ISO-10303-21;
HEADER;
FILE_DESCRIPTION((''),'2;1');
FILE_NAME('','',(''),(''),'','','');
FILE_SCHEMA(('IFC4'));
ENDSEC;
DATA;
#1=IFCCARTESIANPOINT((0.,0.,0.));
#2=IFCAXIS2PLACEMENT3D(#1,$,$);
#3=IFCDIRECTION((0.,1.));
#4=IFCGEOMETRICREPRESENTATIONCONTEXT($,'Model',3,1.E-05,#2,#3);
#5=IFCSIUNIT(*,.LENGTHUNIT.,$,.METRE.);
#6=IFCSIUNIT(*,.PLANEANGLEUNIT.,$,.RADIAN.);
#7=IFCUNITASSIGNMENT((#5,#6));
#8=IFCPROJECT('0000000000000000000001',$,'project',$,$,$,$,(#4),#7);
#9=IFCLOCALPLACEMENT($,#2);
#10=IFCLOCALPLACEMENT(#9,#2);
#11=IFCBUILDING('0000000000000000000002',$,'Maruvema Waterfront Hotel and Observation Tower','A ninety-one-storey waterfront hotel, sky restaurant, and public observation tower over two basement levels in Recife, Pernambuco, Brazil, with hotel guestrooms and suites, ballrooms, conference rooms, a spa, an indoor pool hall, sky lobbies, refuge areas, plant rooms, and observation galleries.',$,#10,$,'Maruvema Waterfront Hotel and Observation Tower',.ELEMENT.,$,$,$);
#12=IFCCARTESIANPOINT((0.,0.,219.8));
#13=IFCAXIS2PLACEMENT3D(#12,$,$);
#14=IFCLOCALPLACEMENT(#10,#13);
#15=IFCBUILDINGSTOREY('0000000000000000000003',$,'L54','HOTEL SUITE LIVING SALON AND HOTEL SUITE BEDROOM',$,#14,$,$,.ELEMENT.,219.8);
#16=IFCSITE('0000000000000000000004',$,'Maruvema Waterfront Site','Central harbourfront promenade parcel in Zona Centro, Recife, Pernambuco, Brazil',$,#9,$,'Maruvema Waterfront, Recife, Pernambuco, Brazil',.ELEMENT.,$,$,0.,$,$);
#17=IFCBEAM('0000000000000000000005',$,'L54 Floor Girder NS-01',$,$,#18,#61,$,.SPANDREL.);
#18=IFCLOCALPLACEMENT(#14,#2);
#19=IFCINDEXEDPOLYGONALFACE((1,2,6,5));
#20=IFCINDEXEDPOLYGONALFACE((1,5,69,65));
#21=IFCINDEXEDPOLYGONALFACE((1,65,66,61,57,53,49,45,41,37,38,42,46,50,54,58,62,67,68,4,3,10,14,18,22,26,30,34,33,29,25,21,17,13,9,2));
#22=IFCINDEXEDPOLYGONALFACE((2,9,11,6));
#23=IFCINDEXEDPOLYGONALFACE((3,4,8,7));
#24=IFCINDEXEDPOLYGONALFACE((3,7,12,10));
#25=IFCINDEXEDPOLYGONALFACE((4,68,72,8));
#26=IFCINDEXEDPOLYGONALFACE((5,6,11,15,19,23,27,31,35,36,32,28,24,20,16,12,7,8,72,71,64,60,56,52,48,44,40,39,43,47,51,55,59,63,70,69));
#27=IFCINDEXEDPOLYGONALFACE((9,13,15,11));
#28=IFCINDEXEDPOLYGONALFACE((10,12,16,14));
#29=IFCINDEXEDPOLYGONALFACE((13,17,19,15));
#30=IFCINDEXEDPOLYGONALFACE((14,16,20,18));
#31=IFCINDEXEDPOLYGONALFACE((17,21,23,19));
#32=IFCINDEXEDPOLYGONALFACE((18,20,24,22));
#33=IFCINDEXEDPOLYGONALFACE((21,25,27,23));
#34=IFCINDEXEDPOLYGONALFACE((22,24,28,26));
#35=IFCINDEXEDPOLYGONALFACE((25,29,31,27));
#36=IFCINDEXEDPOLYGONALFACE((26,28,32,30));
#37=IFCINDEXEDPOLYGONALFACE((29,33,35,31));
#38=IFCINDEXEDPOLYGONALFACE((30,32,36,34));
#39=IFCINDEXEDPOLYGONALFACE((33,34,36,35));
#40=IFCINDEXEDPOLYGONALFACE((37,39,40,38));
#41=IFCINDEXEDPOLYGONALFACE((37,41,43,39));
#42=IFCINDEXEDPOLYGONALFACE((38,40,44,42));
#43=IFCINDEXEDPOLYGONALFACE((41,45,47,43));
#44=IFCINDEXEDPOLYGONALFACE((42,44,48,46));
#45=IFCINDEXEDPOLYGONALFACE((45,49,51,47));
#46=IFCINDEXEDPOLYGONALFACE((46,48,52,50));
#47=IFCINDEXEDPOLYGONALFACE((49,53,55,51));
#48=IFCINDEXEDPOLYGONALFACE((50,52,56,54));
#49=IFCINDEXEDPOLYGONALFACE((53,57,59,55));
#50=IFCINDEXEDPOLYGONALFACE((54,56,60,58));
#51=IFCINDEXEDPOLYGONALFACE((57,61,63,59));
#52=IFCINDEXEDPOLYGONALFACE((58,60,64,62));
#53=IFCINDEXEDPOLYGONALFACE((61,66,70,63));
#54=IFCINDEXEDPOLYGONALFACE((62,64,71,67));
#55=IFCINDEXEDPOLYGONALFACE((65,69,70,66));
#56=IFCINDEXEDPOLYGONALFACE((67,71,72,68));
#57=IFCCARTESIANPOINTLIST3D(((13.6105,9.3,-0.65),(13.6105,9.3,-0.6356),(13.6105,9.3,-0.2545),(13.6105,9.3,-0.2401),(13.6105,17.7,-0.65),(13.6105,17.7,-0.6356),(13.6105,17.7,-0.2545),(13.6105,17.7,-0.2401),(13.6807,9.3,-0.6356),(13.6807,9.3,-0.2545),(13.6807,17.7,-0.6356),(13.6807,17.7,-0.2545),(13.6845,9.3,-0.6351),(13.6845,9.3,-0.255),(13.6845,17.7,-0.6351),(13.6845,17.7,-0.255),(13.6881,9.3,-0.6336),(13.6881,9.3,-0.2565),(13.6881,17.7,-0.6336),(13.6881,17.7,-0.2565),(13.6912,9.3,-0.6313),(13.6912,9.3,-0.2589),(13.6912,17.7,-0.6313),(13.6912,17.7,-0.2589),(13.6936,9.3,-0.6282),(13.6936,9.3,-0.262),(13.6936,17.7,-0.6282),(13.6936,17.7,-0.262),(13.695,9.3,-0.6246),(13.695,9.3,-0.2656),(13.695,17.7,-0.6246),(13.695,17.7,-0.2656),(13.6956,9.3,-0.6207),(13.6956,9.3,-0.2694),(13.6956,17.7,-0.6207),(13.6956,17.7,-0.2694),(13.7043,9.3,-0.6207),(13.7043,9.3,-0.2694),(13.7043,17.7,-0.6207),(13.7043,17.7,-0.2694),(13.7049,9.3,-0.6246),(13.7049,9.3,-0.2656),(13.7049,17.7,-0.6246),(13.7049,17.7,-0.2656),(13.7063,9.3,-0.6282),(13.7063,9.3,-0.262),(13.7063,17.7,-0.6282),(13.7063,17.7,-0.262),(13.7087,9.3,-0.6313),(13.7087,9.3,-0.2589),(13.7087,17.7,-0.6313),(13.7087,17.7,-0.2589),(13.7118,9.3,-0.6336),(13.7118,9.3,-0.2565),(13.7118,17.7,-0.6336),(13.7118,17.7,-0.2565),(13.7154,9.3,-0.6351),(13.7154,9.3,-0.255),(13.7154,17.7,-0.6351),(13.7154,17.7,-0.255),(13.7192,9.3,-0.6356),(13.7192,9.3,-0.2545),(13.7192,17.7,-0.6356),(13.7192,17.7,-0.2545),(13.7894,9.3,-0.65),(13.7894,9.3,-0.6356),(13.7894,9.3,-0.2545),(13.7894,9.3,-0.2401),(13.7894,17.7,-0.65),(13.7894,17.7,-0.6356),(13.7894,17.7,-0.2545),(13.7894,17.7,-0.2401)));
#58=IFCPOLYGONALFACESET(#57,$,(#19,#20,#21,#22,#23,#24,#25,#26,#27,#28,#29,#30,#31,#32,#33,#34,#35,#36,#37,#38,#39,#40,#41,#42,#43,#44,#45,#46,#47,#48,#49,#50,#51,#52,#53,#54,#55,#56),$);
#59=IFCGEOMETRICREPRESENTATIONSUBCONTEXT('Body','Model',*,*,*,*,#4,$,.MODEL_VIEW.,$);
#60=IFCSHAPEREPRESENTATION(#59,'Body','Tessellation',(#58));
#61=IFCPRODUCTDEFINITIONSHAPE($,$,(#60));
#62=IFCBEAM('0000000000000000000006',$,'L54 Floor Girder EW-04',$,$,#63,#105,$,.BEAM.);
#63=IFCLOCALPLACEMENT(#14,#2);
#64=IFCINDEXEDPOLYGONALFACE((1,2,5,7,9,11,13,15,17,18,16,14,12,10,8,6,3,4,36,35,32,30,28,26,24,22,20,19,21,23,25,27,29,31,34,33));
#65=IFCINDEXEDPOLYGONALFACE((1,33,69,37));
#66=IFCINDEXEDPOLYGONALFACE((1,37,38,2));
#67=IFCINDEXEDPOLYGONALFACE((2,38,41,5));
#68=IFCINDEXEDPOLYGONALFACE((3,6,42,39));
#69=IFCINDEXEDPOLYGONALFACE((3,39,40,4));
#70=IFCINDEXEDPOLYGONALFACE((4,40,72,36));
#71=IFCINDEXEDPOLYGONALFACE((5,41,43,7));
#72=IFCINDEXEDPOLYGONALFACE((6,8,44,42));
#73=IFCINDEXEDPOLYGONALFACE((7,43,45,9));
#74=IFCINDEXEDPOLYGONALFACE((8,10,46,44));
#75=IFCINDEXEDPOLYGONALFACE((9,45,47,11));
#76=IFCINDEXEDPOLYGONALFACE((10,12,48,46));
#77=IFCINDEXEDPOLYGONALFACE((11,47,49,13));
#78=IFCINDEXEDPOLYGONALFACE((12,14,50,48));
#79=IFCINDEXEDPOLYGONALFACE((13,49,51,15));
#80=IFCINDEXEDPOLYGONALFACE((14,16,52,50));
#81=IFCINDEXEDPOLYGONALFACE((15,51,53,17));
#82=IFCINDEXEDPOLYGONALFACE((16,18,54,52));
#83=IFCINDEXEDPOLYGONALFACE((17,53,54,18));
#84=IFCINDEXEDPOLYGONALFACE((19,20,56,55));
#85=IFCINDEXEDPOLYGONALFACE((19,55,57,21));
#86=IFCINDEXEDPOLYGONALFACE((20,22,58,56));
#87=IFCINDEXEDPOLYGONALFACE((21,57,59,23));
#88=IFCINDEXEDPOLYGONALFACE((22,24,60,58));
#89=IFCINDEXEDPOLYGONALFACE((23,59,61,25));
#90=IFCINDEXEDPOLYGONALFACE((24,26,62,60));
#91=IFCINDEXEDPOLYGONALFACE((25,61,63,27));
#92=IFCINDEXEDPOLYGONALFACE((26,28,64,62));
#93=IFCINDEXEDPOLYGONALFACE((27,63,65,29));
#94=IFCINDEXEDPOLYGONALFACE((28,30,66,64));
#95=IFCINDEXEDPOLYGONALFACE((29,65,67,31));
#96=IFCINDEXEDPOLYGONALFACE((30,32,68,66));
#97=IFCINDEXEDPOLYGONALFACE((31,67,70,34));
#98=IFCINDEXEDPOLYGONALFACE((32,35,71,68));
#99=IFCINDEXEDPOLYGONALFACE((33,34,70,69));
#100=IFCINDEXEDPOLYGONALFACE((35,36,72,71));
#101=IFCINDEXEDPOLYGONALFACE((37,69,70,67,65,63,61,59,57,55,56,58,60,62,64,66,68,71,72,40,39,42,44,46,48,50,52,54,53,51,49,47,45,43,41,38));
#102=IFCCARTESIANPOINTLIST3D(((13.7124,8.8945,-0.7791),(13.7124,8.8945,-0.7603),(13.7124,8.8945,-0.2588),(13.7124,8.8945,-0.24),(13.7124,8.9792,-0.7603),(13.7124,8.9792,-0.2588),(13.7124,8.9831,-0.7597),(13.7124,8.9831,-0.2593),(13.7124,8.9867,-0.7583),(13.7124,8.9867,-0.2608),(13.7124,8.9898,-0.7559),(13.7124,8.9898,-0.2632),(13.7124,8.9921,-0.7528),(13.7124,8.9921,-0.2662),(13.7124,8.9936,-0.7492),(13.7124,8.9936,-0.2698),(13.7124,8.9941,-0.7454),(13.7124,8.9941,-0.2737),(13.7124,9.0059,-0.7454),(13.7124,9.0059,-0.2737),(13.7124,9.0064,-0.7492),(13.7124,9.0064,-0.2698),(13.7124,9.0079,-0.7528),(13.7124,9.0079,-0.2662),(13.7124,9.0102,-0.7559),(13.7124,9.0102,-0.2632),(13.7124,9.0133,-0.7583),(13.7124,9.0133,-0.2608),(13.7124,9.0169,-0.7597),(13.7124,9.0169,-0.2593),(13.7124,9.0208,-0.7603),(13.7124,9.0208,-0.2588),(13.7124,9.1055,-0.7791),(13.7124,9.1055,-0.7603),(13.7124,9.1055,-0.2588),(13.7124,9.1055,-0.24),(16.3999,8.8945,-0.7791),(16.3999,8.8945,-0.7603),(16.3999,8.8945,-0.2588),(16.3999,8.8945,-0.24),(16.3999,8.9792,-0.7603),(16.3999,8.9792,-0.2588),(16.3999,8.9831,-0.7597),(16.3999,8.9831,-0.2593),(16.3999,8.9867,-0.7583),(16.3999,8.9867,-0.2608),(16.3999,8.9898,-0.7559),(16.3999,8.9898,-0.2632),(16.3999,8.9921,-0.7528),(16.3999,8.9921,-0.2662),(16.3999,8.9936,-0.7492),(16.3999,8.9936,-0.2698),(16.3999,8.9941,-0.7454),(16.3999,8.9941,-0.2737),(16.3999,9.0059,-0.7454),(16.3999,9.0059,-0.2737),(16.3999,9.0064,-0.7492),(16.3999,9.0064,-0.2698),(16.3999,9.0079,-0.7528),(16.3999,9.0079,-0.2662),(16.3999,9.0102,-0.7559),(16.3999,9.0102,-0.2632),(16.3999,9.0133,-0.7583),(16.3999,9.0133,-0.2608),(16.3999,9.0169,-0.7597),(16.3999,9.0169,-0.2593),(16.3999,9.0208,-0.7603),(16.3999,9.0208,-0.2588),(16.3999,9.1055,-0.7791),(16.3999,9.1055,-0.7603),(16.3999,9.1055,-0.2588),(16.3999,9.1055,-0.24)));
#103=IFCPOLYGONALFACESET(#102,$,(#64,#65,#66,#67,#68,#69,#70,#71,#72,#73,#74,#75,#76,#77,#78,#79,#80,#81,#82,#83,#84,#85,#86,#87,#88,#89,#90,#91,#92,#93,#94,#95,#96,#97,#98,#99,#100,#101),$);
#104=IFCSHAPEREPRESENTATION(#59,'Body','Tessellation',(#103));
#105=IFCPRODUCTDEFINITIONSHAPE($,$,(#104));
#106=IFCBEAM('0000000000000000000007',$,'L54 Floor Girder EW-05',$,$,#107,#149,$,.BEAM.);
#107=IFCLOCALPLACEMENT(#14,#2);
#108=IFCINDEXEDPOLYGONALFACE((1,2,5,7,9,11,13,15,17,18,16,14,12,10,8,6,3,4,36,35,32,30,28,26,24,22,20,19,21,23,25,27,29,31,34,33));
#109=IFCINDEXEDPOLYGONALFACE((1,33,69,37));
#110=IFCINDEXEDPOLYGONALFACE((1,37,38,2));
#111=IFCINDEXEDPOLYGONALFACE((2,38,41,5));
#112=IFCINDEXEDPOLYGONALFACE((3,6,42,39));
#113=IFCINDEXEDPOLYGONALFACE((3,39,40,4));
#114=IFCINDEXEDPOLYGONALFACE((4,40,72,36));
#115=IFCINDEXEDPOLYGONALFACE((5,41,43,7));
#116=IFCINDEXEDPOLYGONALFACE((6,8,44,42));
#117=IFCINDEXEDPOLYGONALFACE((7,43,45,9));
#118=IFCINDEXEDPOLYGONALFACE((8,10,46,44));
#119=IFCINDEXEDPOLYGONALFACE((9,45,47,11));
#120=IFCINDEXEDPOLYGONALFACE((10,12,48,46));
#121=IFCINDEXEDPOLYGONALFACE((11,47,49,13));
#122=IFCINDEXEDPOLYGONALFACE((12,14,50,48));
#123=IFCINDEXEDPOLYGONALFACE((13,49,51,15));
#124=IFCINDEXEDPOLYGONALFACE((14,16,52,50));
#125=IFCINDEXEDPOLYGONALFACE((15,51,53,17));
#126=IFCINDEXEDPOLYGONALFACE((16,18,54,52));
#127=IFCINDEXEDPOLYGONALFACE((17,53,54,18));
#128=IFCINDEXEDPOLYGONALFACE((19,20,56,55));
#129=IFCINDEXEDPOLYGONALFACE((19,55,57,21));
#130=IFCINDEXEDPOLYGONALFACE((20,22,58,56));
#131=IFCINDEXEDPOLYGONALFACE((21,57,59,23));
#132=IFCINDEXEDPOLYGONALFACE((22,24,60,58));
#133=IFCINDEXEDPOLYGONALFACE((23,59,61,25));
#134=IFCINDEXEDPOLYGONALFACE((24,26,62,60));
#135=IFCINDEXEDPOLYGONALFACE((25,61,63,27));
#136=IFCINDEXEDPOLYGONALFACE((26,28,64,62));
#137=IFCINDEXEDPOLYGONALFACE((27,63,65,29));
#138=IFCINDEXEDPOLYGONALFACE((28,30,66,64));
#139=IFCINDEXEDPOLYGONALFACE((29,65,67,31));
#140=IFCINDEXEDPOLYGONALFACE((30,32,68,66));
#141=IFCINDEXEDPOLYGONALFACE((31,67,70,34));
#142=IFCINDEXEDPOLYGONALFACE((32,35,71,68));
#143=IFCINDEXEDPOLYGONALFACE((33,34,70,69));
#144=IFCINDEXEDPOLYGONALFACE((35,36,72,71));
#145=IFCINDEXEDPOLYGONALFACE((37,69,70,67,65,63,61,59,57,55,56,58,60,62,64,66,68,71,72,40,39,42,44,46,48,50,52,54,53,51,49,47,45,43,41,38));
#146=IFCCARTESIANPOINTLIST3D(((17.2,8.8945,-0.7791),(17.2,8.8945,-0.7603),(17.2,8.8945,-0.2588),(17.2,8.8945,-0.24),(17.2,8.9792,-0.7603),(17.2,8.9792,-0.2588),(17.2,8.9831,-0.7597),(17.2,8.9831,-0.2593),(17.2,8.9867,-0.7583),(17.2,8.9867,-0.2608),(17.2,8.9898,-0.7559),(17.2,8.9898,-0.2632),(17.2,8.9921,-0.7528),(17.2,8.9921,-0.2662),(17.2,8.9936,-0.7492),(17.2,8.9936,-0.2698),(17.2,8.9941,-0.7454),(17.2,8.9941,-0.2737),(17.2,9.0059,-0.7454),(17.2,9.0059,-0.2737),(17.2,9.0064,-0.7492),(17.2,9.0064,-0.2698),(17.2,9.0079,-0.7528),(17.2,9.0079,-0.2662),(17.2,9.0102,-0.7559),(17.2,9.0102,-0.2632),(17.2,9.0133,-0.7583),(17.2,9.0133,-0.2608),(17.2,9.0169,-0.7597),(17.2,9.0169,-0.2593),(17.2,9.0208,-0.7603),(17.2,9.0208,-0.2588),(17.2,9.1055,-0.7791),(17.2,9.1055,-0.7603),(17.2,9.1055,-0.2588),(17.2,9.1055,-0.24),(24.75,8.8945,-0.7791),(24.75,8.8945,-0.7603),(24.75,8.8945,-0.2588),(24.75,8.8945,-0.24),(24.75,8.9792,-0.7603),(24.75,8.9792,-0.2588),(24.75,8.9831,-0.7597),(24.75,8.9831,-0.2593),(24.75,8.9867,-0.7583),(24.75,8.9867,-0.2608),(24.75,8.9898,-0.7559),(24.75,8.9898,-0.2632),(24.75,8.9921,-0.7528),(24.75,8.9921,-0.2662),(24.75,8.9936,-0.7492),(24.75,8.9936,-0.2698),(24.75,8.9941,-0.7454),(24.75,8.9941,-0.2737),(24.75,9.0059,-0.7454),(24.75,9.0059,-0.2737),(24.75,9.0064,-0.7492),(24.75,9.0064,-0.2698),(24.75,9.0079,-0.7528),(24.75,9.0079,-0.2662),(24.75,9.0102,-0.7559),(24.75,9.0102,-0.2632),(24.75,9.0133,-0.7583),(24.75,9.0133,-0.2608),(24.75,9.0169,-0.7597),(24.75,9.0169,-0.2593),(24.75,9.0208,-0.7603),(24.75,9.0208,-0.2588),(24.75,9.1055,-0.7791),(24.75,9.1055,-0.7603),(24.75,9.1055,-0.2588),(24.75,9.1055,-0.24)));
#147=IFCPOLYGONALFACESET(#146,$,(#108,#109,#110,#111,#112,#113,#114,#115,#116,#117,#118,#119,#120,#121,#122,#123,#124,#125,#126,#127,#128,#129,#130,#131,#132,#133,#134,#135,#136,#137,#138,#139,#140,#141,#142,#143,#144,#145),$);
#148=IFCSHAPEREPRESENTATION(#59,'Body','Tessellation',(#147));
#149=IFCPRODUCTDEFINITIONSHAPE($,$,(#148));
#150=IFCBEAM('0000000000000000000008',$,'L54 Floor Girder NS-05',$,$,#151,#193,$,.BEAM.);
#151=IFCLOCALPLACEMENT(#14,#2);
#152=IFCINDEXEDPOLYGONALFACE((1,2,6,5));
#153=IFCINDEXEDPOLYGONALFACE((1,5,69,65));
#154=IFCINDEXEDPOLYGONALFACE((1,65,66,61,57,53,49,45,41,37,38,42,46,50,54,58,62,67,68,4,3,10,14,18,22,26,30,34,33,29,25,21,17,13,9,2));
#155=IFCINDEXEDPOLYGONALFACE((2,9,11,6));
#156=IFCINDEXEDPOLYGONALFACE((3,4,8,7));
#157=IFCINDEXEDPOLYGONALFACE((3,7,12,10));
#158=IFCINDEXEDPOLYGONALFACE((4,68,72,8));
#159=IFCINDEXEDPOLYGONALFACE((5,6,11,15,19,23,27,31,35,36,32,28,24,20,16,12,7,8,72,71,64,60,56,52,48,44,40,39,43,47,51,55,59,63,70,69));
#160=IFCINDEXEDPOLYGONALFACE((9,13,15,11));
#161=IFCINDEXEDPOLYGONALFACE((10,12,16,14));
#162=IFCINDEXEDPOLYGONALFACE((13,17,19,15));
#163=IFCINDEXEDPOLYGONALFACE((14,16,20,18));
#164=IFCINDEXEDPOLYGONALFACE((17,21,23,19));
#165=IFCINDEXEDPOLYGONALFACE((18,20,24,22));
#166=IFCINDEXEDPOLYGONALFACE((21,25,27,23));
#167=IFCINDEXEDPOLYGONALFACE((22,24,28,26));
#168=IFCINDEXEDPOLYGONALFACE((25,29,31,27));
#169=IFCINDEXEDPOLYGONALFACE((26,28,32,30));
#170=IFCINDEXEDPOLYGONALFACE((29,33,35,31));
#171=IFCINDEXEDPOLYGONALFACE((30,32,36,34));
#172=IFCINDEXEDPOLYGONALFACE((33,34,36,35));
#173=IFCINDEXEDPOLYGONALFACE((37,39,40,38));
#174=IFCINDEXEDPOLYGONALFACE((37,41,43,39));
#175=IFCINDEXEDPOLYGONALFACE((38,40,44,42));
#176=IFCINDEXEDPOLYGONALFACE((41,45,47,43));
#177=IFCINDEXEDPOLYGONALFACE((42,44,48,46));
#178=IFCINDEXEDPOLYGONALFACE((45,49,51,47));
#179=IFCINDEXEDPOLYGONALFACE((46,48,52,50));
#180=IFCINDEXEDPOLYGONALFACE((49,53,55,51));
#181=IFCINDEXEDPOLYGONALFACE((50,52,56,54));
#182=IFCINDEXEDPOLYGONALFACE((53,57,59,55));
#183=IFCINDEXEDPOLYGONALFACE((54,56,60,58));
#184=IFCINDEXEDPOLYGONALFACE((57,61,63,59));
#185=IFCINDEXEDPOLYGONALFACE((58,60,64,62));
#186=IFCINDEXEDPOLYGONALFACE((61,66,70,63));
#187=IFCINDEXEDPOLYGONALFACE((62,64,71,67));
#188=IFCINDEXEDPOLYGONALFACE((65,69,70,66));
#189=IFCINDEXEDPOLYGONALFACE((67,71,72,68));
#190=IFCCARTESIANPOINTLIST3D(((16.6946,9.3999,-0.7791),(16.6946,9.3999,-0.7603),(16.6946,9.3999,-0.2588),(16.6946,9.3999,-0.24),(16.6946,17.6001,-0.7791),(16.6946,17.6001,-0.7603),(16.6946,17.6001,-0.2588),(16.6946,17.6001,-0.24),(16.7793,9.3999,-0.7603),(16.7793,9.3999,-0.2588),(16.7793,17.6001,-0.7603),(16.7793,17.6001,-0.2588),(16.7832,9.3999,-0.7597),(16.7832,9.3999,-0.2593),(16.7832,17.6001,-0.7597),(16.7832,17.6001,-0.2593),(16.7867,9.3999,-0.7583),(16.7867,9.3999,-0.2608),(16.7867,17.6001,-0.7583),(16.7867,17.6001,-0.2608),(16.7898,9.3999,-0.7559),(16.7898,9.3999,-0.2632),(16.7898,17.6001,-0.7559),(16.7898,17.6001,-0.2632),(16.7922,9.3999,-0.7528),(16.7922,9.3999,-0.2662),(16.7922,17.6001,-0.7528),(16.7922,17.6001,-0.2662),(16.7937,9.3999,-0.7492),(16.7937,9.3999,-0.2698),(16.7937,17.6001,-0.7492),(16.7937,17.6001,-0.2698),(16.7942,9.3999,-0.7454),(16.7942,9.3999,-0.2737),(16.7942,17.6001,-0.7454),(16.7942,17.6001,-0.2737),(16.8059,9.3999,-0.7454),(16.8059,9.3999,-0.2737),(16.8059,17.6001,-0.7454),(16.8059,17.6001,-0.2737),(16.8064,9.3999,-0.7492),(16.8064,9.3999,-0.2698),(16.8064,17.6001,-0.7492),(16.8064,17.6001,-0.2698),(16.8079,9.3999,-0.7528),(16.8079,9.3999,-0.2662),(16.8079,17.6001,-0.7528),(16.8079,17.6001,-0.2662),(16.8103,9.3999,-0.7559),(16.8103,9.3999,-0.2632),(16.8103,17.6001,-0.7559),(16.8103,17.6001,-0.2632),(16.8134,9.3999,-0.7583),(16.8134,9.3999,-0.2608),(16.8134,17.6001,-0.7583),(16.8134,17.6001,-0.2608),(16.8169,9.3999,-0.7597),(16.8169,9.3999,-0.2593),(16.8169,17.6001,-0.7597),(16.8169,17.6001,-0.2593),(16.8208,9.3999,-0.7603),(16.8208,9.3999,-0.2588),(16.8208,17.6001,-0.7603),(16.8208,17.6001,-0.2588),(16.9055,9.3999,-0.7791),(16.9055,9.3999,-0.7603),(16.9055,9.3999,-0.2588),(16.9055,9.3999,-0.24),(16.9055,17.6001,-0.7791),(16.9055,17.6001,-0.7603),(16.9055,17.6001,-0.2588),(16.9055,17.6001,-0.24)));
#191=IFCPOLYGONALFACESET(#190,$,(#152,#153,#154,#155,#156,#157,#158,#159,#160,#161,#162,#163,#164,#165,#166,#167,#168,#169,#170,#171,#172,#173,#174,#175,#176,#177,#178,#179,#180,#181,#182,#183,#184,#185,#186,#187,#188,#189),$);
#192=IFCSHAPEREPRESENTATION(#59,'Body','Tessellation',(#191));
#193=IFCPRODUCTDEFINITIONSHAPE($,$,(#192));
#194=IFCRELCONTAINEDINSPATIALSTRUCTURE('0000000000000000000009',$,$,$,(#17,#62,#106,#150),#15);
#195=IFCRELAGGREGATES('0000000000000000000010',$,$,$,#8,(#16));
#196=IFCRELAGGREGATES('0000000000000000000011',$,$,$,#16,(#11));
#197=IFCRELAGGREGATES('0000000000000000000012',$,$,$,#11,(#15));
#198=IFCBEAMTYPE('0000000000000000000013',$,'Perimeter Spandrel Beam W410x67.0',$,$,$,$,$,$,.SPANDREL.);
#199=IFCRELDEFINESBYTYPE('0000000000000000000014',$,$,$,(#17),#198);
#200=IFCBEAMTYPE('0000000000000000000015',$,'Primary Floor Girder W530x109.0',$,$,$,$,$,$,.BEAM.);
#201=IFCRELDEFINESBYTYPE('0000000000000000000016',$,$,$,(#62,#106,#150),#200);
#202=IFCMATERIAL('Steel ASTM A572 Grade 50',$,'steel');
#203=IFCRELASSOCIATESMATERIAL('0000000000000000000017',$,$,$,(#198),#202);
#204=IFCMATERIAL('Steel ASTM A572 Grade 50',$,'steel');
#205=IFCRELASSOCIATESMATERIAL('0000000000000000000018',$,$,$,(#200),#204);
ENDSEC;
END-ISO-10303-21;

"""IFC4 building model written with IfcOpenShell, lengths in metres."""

from ifc_helpers import new_model, si_unit, direction, frame, origin, origin_2d, place, context, subcontext, project, spatial, i_section, extrude, material, material_profile, profile_set, type_object, element, save


model = new_model("IFC4")

# Units and contexts
model_context = context("Model", 3, precision=1e-05, world=origin(), true_north=direction((0.0, 1.0)))
body_context = subcontext(model_context, "Body", "Model", "MODEL_VIEW")
ifc_project = project(units=[si_unit("LENGTHUNIT", "METRE"), si_unit("PLANEANGLEUNIT", "RADIAN")], contexts=[model_context])

# Site, building, storey
site_placement = place(None, origin())
site = spatial("IfcSite", under=ifc_project, at=site_placement, Name="Maruvema Waterfront Site", Description="Central harbourfront promenade parcel in Zona Centro, Recife, Pernambuco, Brazil", LongName="Maruvema Waterfront, Recife, Pernambuco, Brazil", CompositionType="ELEMENT", RefElevation=0.0)
building_placement = place(site_placement, origin())
building = spatial("IfcBuilding", under=site, at=building_placement, Name="Maruvema Waterfront Hotel and Observation Tower", Description="A ninety-one-storey waterfront hotel, sky restaurant, and public observation tower over two basement levels in Recife, Pernambuco, Brazil, with hotel guestrooms and suites, ballrooms, conference rooms, a spa, an indoor pool hall, sky lobbies, refuge areas, plant rooms, and observation galleries.", LongName="Maruvema Waterfront Hotel and Observation Tower", CompositionType="ELEMENT")
storey_placement = place(building_placement, frame((0.0, 0.0, 219.8)))
storey = spatial("IfcBuildingStorey", under=building, at=storey_placement, Name="L54", Description="HOTEL SUITE LIVING SALON AND HOTEL SUITE BEDROOM", CompositionType="ELEMENT", Elevation=219.8)

# Beams
ifc_material_1 = material(Name="Steel ASTM A572 Grade 50", Category="steel")
ifc_material_profile_1 = material_profile(ifc_material_1, i_section(OverallWidth=0.179, OverallDepth=0.4099, WebThickness=0.0088, FlangeThickness=0.0144, FilletRadius=0.0149, at=origin_2d()), Name="W410x67.0")
ifc_profile_set_1 = profile_set([ifc_material_profile_1], Name="Steel ASTM A572 Grade 50")
beam_type_1 = type_object("IfcBeamType", Name="Perimeter Spandrel Beam W410x67.0", PredefinedType="SPANDREL", material=ifc_profile_set_1)
beam_1_placement = place(storey_placement, frame((13.7, 9.3, -0.4451), z_axis=(0.0, 1.0, 0.0), x_axis=(-1.0, 0.0, 0.0)))
element("IfcBeam", 1, at=beam_1_placement, inside=storey, type_object=beam_type_1, Name="L54 Floor Girder NS-01", PredefinedType="SPANDREL", context=body_context, shape_type="SweptSolid", body=[
    extrude(i_section(OverallWidth=0.179, OverallDepth=0.4099, WebThickness=0.0088, FlangeThickness=0.0144, FilletRadius=0.0149, at=origin_2d()), origin(), (0.0, 0.0, 1.0), 8.3999),
])
ifc_material_2 = material(Name="Steel ASTM A572 Grade 50", Category="steel")
ifc_material_profile_2 = material_profile(ifc_material_2, i_section(OverallWidth=0.2109, OverallDepth=0.5391, WebThickness=0.0117, FlangeThickness=0.0188, FilletRadius=0.0149, at=origin_2d()), Name="W530x109.0")
ifc_profile_set_2 = profile_set([ifc_material_profile_2], Name="Steel ASTM A572 Grade 50")
beam_type_2 = type_object("IfcBeamType", Name="Primary Floor Girder W530x109.0", PredefinedType="BEAM", material=ifc_profile_set_2)
beam_2_placement = place(storey_placement, frame((13.7124, 9.0, -0.5095), z_axis=(1.0, 0.0, 0.0), x_axis=(0.0, 1.0, 0.0)))
element("IfcBeam", 2, at=beam_2_placement, inside=storey, type_object=beam_type_2, Name="L54 Floor Girder EW-04", PredefinedType="BEAM", context=body_context, shape_type="SweptSolid", body=[
    extrude(i_section(OverallWidth=0.2109, OverallDepth=0.5391, WebThickness=0.0117, FlangeThickness=0.0188, FilletRadius=0.0149, at=origin_2d()), origin(), (0.0, 0.0, 1.0), 2.6875),
])
beam_3_placement = place(storey_placement, frame((17.2, 9.0, -0.5095), z_axis=(1.0, 0.0, 0.0), x_axis=(0.0, 1.0, 0.0)))
element("IfcBeam", 3, at=beam_3_placement, inside=storey, type_object=beam_type_2, Name="L54 Floor Girder EW-05", PredefinedType="BEAM", context=body_context, shape_type="SweptSolid", body=[
    extrude(i_section(OverallWidth=0.2109, OverallDepth=0.5391, WebThickness=0.0117, FlangeThickness=0.0188, FilletRadius=0.0149, at=origin_2d()), origin(), (0.0, 0.0, 1.0), 7.55),
])
beam_4_placement = place(storey_placement, frame((16.8, 9.3999, -0.5095), z_axis=(0.0, 1.0, 0.0), x_axis=(-1.0, 0.0, 0.0)))
element("IfcBeam", 4, at=beam_4_placement, inside=storey, type_object=beam_type_2, Name="L54 Floor Girder NS-05", PredefinedType="BEAM", context=body_context, shape_type="SweptSolid", body=[
    extrude(i_section(OverallWidth=0.2109, OverallDepth=0.5391, WebThickness=0.0117, FlangeThickness=0.0188, FilletRadius=0.0149, at=origin_2d()), origin(), (0.0, 0.0, 1.0), 8.2002),
])

save(model, "model.ifc")
